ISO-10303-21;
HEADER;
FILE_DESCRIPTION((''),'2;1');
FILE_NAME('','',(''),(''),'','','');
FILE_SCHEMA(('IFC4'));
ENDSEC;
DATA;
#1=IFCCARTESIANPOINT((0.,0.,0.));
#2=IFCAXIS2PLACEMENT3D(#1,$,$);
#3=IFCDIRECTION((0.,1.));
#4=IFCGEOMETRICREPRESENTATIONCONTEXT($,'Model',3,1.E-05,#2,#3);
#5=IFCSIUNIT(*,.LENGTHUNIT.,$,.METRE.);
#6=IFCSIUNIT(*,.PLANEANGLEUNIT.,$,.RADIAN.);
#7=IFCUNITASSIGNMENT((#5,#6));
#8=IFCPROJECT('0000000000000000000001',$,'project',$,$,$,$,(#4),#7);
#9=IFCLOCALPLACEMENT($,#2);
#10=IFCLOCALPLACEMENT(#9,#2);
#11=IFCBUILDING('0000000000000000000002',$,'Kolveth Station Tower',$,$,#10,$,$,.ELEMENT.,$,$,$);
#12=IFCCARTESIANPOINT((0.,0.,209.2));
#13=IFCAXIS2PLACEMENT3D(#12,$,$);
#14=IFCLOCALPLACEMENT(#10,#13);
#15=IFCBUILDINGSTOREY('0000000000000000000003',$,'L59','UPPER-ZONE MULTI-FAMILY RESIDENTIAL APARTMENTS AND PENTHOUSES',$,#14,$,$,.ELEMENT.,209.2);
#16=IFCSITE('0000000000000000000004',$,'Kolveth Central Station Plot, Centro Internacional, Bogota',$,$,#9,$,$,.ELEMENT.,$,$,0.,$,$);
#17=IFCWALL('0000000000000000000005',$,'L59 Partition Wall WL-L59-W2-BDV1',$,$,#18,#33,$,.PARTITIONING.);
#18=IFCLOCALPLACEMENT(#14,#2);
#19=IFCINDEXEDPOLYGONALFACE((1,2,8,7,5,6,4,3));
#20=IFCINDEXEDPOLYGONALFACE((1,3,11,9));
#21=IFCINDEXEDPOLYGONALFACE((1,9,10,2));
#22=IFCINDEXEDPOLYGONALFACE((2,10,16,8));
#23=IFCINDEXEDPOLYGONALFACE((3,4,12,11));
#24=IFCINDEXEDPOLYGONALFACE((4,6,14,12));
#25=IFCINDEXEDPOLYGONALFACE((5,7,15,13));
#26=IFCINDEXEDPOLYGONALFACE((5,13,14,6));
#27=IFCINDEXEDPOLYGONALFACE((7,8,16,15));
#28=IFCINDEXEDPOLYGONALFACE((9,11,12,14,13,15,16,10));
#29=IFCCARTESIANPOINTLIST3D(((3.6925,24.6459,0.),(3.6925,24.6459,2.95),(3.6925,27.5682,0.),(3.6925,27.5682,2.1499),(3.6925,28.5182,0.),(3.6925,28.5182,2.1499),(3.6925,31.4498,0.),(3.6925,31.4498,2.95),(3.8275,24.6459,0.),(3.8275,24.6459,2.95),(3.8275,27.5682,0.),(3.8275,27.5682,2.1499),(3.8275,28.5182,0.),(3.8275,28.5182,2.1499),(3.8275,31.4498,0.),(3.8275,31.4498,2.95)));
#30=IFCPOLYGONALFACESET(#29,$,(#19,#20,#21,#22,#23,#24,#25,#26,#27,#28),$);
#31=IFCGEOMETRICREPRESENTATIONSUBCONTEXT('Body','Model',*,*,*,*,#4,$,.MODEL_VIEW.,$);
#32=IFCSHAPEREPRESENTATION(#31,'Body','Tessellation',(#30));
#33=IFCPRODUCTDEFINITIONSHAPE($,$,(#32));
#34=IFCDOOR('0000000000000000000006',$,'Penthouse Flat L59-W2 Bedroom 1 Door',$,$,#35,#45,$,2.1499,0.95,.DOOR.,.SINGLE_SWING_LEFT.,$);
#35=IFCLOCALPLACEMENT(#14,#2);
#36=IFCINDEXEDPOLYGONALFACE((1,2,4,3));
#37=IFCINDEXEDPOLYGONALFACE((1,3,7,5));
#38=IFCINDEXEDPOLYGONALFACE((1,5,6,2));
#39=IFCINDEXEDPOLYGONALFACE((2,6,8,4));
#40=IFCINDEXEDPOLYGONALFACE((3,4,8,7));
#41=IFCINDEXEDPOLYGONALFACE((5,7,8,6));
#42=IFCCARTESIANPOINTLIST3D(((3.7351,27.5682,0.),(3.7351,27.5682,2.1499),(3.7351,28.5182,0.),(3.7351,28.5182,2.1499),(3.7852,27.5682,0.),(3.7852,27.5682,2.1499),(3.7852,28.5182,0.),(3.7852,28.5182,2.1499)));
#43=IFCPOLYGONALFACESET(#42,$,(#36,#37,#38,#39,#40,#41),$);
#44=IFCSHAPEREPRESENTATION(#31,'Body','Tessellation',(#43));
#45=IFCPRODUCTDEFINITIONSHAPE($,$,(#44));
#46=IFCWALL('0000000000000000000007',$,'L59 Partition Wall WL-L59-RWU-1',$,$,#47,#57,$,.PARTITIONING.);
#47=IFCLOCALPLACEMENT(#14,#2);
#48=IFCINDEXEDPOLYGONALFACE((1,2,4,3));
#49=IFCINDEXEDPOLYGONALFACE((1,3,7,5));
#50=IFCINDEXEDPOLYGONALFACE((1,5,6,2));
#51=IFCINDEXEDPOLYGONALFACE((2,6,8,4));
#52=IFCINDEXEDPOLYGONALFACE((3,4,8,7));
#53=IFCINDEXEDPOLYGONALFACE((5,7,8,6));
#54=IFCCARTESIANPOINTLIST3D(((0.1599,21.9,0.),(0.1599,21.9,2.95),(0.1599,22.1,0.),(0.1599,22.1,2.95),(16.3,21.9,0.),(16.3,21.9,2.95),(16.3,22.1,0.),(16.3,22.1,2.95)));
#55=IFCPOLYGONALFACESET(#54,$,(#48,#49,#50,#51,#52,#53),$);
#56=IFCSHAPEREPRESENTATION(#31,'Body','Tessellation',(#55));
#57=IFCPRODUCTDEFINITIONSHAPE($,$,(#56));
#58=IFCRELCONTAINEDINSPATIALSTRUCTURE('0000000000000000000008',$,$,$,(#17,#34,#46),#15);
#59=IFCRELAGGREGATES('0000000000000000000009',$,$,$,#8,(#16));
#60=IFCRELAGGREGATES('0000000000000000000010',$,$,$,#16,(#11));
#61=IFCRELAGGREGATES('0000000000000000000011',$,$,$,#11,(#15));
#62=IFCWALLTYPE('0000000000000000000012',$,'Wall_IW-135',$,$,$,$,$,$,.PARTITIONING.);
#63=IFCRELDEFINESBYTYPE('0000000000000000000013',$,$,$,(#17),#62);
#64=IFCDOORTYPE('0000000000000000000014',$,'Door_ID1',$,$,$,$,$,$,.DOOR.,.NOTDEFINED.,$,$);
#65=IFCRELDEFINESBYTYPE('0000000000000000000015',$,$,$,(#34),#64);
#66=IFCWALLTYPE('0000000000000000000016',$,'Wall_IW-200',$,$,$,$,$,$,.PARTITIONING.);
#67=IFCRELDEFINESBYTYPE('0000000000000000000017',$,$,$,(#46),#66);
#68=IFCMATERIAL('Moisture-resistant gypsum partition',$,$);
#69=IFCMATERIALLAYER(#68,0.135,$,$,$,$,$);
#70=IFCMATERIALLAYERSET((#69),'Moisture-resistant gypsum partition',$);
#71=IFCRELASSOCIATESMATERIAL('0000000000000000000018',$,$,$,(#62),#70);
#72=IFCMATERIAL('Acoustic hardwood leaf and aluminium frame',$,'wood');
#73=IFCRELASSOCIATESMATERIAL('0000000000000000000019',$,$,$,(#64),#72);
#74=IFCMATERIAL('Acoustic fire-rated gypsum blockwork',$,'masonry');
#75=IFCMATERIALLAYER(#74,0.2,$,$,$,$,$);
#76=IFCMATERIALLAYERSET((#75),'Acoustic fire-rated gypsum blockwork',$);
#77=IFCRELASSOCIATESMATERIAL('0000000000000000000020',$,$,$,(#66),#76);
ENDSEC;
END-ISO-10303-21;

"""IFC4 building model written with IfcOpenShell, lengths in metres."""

from ifc_helpers import new_model, si_unit, direction, frame, frame_2d, origin, place, context, subcontext, project, spatial, rectangle, extrude, material, layer, layer_set, type_object, element, fill, save


model = new_model("IFC4")

# Units and contexts
model_context = context("Model", 3, precision=1e-05, world=origin(), true_north=direction((0.0, 1.0)))
body_context = subcontext(model_context, "Body", "Model", "MODEL_VIEW")
ifc_project = project(units=[si_unit("LENGTHUNIT", "METRE"), si_unit("PLANEANGLEUNIT", "RADIAN")], contexts=[model_context])

# Site, building, storey
site_placement = place(None, origin())
site = spatial("IfcSite", under=ifc_project, at=site_placement, Name="Kolveth Central Station Plot, Centro Internacional, Bogota", CompositionType="ELEMENT", RefElevation=0.0)
building_placement = place(site_placement, origin())
building = spatial("IfcBuilding", under=site, at=building_placement, Name="Kolveth Station Tower", CompositionType="ELEMENT")
storey_placement = place(building_placement, frame((0.0, 0.0, 209.2)))
storey = spatial("IfcBuildingStorey", under=building, at=storey_placement, Name="L59", Description="UPPER-ZONE MULTI-FAMILY RESIDENTIAL APARTMENTS AND PENTHOUSES", CompositionType="ELEMENT", Elevation=209.2)

# Shared definitions
ifc_material_1 = material(Name="Moisture-resistant gypsum partition")
ifc_layer_1 = layer(ifc_material_1, 0.135)
ifc_layer_set_1 = layer_set([ifc_layer_1], Name="Moisture-resistant gypsum partition")
wall_type_1 = type_object("IfcWallType", Name="Wall_IW-135", PredefinedType="PARTITIONING", material=ifc_layer_set_1)

# Shared definitions
ifc_material_2 = material(Name="Acoustic hardwood leaf and aluminium frame", Category="wood")
door_type = type_object("IfcDoorType", Name="Door_ID1", OperationType="NOTDEFINED", PredefinedType="DOOR", material=ifc_material_2)

# Wall, opening, door
wall_1_placement = place(storey_placement, frame((3.76, 24.646, 0.0), z_axis=(0.0, 0.0, 1.0), x_axis=(0.0, 1.0, 0.0)))
wall_1 = element("IfcWall", 1, at=wall_1_placement, inside=storey, type_object=wall_type_1, Name="L59 Partition Wall WL-L59-W2-BDV1", PredefinedType="PARTITIONING", context=body_context, shape_type="SweptSolid", body=[
    extrude(rectangle(XDim=6.804, YDim=0.135, at=frame_2d((3.4019, 0.0))), origin(), (0.0, 0.0, 1.0), 2.95),
])
opening_1_placement = place(wall_1_placement, frame((2.9221, 0.0, 0.0)))
opening_1 = element("IfcOpeningElement", 2, at=opening_1_placement, cuts=wall_1, PredefinedType="OPENING", context=body_context, shape_type="SweptSolid", body=[
    extrude(rectangle(XDim=0.95, YDim=2.1499, at=frame_2d((0.4751, 1.075))), frame((0.0, 0.0774, 0.0), z_axis=(0.0, -1.0, 0.0), x_axis=(1.0, 0.0, 0.0)), (0.0, 0.0, 1.0), 0.155),
])
door_1_placement = place(opening_1_placement, origin())
door_1 = element("IfcDoor", 3, at=door_1_placement, inside=storey, type_object=door_type, Name="Penthouse Flat L59-W2 Bedroom 1 Door", OperationType="SINGLE_SWING_LEFT", OverallHeight=2.1499, OverallWidth=0.95, PredefinedType="DOOR", context=body_context, shape_type="SweptSolid", body=[
    extrude(rectangle(XDim=0.95, YDim=2.1499, at=frame_2d((0.4751, 1.075))), frame((0.0, 0.0249, 0.0), z_axis=(0.0, -1.0, 0.0), x_axis=(1.0, 0.0, 0.0)), (0.0, 0.0, 1.0), 0.05),
])
fill(opening_1, door_1)

# Wall
ifc_material_3 = material(Name="Acoustic fire-rated gypsum blockwork", Category="masonry")
ifc_layer_2 = layer(ifc_material_3, 0.2)
ifc_layer_set_2 = layer_set([ifc_layer_2], Name="Acoustic fire-rated gypsum blockwork")
wall_type_2 = type_object("IfcWallType", Name="Wall_IW-200", PredefinedType="PARTITIONING", material=ifc_layer_set_2)
wall_2_placement = place(storey_placement, frame((0.1599, 22.0, 0.0), z_axis=(0.0, 0.0, 1.0), x_axis=(1.0, 0.0, 0.0)))
element("IfcWall", 4, at=wall_2_placement, inside=storey, type_object=wall_type_2, Name="L59 Partition Wall WL-L59-RWU-1", PredefinedType="PARTITIONING", context=body_context, shape_type="SweptSolid", body=[
    extrude(rectangle(XDim=16.1401, YDim=0.2, at=frame_2d((8.0701, 0.0))), origin(), (0.0, 0.0, 1.0), 2.95),
])

save(model, "model.ifc")
